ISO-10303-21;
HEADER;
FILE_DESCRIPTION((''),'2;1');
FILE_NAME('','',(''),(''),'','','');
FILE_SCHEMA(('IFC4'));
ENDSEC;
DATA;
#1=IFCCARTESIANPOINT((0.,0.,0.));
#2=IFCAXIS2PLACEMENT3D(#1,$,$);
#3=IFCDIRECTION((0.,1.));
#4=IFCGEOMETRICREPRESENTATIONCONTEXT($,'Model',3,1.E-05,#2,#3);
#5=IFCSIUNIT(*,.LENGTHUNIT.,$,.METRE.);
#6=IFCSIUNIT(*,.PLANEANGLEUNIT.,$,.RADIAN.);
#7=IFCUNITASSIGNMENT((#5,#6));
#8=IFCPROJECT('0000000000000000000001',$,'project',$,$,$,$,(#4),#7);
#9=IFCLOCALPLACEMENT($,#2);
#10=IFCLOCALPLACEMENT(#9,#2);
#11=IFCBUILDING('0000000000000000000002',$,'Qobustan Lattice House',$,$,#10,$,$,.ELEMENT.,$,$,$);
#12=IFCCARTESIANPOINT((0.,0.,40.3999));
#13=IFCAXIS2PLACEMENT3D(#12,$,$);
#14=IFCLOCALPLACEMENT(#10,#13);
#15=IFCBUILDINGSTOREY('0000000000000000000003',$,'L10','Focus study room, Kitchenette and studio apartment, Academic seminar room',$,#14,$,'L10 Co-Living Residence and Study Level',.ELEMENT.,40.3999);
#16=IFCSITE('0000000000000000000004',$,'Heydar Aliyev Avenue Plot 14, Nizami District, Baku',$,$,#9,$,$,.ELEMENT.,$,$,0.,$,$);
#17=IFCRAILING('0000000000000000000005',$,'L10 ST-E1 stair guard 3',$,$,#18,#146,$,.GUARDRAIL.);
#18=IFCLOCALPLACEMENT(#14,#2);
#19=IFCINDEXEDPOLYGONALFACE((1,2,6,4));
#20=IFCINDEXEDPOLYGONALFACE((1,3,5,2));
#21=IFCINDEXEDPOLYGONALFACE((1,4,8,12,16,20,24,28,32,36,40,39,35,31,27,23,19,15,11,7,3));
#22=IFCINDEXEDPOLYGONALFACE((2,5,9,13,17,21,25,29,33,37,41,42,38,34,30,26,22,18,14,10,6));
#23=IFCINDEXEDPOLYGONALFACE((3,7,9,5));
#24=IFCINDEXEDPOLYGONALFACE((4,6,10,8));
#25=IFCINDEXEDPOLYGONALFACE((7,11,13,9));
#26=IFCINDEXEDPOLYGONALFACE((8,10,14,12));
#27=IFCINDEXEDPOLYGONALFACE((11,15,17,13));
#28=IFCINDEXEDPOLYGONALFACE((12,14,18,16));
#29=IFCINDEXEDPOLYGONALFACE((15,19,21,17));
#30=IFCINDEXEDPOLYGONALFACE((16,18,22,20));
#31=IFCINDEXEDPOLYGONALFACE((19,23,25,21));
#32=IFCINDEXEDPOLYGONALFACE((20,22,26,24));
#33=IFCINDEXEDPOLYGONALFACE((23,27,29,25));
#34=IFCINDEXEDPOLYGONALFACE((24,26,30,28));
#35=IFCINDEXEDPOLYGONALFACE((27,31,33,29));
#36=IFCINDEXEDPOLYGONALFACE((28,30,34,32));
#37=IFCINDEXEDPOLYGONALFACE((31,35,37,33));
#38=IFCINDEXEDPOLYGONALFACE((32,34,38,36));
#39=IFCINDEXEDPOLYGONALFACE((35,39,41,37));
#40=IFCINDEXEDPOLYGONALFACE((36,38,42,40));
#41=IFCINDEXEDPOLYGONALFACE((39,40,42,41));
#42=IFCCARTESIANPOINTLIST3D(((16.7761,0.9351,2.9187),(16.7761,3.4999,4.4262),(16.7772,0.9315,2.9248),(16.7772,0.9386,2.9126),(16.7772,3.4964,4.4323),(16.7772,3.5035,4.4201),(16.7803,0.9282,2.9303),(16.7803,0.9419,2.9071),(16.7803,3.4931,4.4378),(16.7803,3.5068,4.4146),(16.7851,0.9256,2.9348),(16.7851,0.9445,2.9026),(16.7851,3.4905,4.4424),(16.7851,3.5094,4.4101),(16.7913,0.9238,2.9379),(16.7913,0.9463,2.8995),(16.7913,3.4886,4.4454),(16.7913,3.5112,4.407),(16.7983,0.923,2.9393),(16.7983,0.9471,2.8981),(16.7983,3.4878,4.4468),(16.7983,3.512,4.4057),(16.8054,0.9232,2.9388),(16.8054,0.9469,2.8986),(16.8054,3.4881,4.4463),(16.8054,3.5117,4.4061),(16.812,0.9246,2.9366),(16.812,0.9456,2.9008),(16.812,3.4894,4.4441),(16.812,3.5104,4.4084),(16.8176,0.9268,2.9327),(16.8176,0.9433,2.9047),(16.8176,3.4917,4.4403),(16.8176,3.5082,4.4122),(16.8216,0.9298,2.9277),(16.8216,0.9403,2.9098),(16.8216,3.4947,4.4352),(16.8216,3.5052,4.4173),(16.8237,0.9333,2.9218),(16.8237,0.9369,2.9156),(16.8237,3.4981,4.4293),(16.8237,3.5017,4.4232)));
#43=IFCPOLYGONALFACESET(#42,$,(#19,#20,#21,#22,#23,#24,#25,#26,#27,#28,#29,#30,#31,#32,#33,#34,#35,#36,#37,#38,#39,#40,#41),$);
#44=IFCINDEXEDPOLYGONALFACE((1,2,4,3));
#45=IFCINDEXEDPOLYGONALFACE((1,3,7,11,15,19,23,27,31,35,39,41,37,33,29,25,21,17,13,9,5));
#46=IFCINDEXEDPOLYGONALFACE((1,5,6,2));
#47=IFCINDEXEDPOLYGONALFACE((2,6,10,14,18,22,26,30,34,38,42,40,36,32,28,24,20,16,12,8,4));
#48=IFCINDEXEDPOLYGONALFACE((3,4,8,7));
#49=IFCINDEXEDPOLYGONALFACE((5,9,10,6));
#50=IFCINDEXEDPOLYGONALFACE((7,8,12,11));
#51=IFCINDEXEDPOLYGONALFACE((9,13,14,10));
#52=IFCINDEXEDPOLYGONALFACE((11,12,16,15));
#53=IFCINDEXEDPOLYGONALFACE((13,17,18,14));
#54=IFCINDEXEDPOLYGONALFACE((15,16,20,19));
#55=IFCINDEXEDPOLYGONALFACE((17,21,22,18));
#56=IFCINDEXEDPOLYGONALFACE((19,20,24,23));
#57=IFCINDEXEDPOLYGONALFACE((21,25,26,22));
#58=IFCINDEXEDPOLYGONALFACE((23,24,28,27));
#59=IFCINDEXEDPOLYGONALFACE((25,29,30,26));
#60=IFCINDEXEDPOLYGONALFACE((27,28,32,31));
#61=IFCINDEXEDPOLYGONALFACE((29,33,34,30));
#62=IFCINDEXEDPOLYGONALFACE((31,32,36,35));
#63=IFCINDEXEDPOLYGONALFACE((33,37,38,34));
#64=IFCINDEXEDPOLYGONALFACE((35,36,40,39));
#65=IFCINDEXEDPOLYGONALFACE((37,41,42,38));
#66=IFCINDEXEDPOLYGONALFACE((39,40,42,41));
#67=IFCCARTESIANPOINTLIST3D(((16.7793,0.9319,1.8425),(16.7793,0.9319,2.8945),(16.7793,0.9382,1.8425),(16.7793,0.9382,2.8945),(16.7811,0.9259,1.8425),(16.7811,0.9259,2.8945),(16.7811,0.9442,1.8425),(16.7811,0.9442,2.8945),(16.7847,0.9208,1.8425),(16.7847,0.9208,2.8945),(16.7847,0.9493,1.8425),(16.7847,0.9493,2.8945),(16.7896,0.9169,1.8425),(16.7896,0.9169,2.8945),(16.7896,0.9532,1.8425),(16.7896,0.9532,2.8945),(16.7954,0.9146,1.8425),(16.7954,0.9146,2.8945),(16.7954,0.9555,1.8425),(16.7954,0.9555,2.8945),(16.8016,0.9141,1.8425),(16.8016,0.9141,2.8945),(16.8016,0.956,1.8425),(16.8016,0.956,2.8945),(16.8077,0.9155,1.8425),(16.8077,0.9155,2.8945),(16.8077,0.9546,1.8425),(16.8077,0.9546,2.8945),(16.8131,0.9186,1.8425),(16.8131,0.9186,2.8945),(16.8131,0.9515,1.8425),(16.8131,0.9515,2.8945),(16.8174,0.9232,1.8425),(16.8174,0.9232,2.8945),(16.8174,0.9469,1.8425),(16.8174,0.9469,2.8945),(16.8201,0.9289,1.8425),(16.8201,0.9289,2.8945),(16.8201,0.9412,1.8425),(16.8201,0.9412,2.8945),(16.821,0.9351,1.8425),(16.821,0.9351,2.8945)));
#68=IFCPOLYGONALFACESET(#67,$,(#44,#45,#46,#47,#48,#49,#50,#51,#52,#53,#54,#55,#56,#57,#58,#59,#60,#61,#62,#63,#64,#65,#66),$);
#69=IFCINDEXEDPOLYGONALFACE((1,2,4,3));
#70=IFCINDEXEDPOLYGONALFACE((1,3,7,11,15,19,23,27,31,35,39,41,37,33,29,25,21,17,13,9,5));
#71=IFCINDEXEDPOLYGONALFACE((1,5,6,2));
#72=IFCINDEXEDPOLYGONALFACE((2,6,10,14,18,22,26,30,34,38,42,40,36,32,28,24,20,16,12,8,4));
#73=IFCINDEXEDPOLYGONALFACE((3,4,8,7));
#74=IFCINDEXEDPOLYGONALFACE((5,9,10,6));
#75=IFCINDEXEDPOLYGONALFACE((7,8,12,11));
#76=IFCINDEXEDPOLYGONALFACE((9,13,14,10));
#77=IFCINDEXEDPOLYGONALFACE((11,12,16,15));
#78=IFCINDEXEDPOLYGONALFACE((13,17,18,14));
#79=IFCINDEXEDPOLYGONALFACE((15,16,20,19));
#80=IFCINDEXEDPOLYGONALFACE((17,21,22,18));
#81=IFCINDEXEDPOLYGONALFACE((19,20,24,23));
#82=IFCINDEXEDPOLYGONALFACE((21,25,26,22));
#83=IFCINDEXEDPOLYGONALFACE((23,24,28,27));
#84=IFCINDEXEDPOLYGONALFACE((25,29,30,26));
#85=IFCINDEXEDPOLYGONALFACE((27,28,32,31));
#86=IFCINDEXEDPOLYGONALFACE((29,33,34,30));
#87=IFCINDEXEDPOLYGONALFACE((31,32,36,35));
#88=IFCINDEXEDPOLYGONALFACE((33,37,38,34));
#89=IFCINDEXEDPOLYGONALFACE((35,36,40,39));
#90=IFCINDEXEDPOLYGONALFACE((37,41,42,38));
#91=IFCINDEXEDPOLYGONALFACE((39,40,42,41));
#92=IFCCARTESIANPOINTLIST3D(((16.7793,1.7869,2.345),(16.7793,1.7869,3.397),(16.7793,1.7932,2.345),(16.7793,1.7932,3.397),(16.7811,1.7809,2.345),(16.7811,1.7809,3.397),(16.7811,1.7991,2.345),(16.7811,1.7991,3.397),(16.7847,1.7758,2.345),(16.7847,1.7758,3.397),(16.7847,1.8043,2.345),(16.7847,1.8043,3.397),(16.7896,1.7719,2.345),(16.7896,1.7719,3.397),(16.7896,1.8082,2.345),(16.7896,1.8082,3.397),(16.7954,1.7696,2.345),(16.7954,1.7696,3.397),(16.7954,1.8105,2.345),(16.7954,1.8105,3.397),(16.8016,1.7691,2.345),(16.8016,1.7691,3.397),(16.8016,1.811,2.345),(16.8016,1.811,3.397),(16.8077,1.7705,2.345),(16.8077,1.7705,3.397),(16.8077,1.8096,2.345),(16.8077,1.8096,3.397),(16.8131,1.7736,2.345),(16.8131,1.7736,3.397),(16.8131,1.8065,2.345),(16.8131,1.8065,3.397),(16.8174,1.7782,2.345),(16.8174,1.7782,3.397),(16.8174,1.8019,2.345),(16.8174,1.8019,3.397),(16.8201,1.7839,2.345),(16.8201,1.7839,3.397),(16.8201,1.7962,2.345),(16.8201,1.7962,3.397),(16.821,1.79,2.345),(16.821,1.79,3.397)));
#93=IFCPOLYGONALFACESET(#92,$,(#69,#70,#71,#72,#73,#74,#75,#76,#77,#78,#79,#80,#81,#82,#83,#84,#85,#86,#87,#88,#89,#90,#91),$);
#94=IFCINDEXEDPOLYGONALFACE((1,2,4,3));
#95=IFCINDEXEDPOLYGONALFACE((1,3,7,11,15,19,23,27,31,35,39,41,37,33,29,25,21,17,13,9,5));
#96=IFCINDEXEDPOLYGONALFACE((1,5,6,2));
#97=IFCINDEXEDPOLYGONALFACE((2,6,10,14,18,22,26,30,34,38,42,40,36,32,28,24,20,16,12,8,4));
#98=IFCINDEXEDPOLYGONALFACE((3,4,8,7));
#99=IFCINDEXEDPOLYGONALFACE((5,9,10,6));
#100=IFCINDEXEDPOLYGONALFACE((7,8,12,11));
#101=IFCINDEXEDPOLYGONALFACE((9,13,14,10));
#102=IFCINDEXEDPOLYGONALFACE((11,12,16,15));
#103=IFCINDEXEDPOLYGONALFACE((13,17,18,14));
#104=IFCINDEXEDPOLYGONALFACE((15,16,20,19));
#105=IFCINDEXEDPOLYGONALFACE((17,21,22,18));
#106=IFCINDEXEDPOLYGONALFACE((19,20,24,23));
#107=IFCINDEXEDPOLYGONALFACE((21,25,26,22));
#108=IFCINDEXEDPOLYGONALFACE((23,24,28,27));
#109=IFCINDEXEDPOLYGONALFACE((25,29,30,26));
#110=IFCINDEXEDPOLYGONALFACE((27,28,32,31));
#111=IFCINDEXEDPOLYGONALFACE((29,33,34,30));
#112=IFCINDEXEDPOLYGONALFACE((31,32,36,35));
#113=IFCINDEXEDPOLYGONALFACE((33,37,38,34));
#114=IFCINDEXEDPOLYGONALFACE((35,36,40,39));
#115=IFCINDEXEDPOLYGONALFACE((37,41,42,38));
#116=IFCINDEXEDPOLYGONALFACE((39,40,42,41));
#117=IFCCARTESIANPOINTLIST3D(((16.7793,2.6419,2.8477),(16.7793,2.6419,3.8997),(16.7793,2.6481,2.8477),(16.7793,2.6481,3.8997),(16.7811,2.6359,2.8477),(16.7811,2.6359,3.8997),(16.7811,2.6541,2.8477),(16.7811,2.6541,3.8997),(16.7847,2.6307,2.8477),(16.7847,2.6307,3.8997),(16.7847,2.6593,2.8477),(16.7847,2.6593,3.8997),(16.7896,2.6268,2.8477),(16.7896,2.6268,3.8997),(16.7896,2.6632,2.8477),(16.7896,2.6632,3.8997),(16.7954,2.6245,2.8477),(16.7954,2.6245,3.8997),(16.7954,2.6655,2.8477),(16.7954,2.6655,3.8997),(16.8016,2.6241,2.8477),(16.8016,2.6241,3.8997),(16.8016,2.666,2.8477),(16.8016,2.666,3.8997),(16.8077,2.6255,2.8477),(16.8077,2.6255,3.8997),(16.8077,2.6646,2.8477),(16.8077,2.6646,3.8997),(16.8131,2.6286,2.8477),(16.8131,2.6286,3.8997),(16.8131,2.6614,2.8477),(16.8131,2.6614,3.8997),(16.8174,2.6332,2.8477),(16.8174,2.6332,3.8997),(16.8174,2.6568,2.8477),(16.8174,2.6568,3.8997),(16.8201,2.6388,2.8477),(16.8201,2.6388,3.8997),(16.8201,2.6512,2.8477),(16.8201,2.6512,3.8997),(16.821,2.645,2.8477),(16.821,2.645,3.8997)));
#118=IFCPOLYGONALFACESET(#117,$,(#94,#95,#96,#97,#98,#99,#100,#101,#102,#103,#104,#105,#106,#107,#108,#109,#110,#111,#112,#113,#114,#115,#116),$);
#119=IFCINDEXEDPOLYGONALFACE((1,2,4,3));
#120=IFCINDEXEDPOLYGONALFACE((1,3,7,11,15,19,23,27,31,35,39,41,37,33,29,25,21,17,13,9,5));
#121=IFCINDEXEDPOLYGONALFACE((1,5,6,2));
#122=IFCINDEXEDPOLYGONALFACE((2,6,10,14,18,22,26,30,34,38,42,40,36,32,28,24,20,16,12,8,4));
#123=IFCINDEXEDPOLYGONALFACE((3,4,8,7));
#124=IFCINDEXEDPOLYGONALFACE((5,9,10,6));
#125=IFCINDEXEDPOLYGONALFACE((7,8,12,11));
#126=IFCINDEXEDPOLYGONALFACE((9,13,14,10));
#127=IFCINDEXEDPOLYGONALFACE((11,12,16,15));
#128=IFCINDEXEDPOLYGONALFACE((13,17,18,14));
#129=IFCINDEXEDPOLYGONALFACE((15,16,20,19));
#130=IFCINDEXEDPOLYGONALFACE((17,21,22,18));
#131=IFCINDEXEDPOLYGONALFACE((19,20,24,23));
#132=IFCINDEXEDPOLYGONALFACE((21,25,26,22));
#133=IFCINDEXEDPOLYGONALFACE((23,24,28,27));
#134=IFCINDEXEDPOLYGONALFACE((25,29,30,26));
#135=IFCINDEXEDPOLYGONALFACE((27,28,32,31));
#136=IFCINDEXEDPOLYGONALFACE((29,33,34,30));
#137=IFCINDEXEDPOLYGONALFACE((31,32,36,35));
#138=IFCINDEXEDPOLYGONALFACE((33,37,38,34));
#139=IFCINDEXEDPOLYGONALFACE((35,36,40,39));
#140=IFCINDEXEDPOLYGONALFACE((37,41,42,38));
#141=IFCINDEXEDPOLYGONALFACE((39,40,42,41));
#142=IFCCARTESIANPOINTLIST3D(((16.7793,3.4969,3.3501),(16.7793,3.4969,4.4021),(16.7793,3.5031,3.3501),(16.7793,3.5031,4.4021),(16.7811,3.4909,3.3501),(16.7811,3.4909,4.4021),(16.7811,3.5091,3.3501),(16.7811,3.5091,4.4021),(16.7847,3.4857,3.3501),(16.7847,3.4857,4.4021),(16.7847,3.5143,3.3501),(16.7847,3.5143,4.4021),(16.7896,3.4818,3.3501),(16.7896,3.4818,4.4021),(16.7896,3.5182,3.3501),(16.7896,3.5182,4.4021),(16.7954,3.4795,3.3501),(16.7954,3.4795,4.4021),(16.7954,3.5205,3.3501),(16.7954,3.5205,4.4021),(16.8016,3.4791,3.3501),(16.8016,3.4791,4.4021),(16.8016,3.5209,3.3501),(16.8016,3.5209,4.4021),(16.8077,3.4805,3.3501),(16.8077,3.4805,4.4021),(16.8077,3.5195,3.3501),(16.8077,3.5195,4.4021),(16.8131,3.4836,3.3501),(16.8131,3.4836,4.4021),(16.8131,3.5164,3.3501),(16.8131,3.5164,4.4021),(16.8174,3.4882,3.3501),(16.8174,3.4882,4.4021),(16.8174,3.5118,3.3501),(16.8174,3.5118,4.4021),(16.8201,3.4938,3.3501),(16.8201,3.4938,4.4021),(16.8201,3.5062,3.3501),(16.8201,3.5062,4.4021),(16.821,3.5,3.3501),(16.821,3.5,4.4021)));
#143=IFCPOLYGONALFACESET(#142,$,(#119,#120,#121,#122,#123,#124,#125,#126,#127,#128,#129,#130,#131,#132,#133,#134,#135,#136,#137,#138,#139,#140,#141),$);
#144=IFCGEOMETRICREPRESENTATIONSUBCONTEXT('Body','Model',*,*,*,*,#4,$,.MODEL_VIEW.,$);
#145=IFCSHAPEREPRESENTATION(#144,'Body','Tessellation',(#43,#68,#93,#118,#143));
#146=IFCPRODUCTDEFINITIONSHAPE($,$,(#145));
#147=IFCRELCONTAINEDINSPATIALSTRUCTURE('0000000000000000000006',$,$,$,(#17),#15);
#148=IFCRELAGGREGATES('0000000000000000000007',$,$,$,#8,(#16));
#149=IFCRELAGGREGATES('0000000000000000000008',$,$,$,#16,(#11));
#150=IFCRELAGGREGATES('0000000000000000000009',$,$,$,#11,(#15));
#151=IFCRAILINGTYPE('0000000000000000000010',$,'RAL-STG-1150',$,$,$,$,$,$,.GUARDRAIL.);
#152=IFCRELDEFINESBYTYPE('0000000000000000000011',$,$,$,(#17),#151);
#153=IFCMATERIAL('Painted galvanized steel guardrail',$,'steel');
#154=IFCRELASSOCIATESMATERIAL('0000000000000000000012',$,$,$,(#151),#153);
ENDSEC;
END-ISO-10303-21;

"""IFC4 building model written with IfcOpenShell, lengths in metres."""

from ifc_helpers import new_model, si_unit, direction, frame, origin, origin_2d, place, context, subcontext, project, spatial, circle, extrude, material, type_object, element, save


model = new_model("IFC4")

# Units and contexts
model_context = context("Model", 3, precision=1e-05, world=origin(), true_north=direction((0.0, 1.0)))
body_context = subcontext(model_context, "Body", "Model", "MODEL_VIEW")
ifc_project = project(units=[si_unit("LENGTHUNIT", "METRE"), si_unit("PLANEANGLEUNIT", "RADIAN")], contexts=[model_context])

# Site, building, storey
site_placement = place(None, origin())
site = spatial("IfcSite", under=ifc_project, at=site_placement, Name="Heydar Aliyev Avenue Plot 14, Nizami District, Baku", CompositionType="ELEMENT", RefElevation=0.0)
building_placement = place(site_placement, origin())
building = spatial("IfcBuilding", under=site, at=building_placement, Name="Qobustan Lattice House", CompositionType="ELEMENT")
storey_placement = place(building_placement, frame((0.0, 0.0, 40.3999)))
storey = spatial("IfcBuildingStorey", under=building, at=storey_placement, Name="L10", Description="Focus study room, Kitchenette and studio apartment, Academic seminar room", LongName="L10 Co-Living Residence and Study Level", CompositionType="ELEMENT", Elevation=40.3999)

# Railing
ifc_material_1 = material(Name="Painted galvanized steel guardrail", Category="steel")
railing_type_1 = type_object("IfcRailingType", Name="RAL-STG-1150", PredefinedType="GUARDRAIL", material=ifc_material_1)
railing_1_placement = place(storey_placement, frame((16.8, 0.9351, 1.8425)))
element("IfcRailing", 1, at=railing_1_placement, inside=storey, type_object=railing_type_1, Name="L10 ST-E1 stair guard 3", PredefinedType="GUARDRAIL", context=body_context, shape_type="SweptSolid", body=[
    extrude(circle(Radius=0.0239, at=origin_2d()), frame((0.0, 0.0, 1.0762), z_axis=(0.0, 0.862113, 0.506715), x_axis=(-1.0, 0.0, 0.0)), (0.0, 0.0, 1.0), 2.9751),
    extrude(circle(Radius=0.021, at=origin_2d()), origin(), (0.0, 0.0, 1.0), 1.052),
    extrude(circle(Radius=0.021, at=origin_2d()), frame((0.0, 0.855, 0.5024)), (0.0, 0.0, 1.0), 1.052),
    extrude(circle(Radius=0.021, at=origin_2d()), frame((0.0, 1.71, 1.0051)), (0.0, 0.0, 1.0), 1.052),
    extrude(circle(Radius=0.021, at=origin_2d()), frame((0.0, 2.5649, 1.5076)), (0.0, 0.0, 1.0), 1.052),
])

save(model, "model.ifc")
